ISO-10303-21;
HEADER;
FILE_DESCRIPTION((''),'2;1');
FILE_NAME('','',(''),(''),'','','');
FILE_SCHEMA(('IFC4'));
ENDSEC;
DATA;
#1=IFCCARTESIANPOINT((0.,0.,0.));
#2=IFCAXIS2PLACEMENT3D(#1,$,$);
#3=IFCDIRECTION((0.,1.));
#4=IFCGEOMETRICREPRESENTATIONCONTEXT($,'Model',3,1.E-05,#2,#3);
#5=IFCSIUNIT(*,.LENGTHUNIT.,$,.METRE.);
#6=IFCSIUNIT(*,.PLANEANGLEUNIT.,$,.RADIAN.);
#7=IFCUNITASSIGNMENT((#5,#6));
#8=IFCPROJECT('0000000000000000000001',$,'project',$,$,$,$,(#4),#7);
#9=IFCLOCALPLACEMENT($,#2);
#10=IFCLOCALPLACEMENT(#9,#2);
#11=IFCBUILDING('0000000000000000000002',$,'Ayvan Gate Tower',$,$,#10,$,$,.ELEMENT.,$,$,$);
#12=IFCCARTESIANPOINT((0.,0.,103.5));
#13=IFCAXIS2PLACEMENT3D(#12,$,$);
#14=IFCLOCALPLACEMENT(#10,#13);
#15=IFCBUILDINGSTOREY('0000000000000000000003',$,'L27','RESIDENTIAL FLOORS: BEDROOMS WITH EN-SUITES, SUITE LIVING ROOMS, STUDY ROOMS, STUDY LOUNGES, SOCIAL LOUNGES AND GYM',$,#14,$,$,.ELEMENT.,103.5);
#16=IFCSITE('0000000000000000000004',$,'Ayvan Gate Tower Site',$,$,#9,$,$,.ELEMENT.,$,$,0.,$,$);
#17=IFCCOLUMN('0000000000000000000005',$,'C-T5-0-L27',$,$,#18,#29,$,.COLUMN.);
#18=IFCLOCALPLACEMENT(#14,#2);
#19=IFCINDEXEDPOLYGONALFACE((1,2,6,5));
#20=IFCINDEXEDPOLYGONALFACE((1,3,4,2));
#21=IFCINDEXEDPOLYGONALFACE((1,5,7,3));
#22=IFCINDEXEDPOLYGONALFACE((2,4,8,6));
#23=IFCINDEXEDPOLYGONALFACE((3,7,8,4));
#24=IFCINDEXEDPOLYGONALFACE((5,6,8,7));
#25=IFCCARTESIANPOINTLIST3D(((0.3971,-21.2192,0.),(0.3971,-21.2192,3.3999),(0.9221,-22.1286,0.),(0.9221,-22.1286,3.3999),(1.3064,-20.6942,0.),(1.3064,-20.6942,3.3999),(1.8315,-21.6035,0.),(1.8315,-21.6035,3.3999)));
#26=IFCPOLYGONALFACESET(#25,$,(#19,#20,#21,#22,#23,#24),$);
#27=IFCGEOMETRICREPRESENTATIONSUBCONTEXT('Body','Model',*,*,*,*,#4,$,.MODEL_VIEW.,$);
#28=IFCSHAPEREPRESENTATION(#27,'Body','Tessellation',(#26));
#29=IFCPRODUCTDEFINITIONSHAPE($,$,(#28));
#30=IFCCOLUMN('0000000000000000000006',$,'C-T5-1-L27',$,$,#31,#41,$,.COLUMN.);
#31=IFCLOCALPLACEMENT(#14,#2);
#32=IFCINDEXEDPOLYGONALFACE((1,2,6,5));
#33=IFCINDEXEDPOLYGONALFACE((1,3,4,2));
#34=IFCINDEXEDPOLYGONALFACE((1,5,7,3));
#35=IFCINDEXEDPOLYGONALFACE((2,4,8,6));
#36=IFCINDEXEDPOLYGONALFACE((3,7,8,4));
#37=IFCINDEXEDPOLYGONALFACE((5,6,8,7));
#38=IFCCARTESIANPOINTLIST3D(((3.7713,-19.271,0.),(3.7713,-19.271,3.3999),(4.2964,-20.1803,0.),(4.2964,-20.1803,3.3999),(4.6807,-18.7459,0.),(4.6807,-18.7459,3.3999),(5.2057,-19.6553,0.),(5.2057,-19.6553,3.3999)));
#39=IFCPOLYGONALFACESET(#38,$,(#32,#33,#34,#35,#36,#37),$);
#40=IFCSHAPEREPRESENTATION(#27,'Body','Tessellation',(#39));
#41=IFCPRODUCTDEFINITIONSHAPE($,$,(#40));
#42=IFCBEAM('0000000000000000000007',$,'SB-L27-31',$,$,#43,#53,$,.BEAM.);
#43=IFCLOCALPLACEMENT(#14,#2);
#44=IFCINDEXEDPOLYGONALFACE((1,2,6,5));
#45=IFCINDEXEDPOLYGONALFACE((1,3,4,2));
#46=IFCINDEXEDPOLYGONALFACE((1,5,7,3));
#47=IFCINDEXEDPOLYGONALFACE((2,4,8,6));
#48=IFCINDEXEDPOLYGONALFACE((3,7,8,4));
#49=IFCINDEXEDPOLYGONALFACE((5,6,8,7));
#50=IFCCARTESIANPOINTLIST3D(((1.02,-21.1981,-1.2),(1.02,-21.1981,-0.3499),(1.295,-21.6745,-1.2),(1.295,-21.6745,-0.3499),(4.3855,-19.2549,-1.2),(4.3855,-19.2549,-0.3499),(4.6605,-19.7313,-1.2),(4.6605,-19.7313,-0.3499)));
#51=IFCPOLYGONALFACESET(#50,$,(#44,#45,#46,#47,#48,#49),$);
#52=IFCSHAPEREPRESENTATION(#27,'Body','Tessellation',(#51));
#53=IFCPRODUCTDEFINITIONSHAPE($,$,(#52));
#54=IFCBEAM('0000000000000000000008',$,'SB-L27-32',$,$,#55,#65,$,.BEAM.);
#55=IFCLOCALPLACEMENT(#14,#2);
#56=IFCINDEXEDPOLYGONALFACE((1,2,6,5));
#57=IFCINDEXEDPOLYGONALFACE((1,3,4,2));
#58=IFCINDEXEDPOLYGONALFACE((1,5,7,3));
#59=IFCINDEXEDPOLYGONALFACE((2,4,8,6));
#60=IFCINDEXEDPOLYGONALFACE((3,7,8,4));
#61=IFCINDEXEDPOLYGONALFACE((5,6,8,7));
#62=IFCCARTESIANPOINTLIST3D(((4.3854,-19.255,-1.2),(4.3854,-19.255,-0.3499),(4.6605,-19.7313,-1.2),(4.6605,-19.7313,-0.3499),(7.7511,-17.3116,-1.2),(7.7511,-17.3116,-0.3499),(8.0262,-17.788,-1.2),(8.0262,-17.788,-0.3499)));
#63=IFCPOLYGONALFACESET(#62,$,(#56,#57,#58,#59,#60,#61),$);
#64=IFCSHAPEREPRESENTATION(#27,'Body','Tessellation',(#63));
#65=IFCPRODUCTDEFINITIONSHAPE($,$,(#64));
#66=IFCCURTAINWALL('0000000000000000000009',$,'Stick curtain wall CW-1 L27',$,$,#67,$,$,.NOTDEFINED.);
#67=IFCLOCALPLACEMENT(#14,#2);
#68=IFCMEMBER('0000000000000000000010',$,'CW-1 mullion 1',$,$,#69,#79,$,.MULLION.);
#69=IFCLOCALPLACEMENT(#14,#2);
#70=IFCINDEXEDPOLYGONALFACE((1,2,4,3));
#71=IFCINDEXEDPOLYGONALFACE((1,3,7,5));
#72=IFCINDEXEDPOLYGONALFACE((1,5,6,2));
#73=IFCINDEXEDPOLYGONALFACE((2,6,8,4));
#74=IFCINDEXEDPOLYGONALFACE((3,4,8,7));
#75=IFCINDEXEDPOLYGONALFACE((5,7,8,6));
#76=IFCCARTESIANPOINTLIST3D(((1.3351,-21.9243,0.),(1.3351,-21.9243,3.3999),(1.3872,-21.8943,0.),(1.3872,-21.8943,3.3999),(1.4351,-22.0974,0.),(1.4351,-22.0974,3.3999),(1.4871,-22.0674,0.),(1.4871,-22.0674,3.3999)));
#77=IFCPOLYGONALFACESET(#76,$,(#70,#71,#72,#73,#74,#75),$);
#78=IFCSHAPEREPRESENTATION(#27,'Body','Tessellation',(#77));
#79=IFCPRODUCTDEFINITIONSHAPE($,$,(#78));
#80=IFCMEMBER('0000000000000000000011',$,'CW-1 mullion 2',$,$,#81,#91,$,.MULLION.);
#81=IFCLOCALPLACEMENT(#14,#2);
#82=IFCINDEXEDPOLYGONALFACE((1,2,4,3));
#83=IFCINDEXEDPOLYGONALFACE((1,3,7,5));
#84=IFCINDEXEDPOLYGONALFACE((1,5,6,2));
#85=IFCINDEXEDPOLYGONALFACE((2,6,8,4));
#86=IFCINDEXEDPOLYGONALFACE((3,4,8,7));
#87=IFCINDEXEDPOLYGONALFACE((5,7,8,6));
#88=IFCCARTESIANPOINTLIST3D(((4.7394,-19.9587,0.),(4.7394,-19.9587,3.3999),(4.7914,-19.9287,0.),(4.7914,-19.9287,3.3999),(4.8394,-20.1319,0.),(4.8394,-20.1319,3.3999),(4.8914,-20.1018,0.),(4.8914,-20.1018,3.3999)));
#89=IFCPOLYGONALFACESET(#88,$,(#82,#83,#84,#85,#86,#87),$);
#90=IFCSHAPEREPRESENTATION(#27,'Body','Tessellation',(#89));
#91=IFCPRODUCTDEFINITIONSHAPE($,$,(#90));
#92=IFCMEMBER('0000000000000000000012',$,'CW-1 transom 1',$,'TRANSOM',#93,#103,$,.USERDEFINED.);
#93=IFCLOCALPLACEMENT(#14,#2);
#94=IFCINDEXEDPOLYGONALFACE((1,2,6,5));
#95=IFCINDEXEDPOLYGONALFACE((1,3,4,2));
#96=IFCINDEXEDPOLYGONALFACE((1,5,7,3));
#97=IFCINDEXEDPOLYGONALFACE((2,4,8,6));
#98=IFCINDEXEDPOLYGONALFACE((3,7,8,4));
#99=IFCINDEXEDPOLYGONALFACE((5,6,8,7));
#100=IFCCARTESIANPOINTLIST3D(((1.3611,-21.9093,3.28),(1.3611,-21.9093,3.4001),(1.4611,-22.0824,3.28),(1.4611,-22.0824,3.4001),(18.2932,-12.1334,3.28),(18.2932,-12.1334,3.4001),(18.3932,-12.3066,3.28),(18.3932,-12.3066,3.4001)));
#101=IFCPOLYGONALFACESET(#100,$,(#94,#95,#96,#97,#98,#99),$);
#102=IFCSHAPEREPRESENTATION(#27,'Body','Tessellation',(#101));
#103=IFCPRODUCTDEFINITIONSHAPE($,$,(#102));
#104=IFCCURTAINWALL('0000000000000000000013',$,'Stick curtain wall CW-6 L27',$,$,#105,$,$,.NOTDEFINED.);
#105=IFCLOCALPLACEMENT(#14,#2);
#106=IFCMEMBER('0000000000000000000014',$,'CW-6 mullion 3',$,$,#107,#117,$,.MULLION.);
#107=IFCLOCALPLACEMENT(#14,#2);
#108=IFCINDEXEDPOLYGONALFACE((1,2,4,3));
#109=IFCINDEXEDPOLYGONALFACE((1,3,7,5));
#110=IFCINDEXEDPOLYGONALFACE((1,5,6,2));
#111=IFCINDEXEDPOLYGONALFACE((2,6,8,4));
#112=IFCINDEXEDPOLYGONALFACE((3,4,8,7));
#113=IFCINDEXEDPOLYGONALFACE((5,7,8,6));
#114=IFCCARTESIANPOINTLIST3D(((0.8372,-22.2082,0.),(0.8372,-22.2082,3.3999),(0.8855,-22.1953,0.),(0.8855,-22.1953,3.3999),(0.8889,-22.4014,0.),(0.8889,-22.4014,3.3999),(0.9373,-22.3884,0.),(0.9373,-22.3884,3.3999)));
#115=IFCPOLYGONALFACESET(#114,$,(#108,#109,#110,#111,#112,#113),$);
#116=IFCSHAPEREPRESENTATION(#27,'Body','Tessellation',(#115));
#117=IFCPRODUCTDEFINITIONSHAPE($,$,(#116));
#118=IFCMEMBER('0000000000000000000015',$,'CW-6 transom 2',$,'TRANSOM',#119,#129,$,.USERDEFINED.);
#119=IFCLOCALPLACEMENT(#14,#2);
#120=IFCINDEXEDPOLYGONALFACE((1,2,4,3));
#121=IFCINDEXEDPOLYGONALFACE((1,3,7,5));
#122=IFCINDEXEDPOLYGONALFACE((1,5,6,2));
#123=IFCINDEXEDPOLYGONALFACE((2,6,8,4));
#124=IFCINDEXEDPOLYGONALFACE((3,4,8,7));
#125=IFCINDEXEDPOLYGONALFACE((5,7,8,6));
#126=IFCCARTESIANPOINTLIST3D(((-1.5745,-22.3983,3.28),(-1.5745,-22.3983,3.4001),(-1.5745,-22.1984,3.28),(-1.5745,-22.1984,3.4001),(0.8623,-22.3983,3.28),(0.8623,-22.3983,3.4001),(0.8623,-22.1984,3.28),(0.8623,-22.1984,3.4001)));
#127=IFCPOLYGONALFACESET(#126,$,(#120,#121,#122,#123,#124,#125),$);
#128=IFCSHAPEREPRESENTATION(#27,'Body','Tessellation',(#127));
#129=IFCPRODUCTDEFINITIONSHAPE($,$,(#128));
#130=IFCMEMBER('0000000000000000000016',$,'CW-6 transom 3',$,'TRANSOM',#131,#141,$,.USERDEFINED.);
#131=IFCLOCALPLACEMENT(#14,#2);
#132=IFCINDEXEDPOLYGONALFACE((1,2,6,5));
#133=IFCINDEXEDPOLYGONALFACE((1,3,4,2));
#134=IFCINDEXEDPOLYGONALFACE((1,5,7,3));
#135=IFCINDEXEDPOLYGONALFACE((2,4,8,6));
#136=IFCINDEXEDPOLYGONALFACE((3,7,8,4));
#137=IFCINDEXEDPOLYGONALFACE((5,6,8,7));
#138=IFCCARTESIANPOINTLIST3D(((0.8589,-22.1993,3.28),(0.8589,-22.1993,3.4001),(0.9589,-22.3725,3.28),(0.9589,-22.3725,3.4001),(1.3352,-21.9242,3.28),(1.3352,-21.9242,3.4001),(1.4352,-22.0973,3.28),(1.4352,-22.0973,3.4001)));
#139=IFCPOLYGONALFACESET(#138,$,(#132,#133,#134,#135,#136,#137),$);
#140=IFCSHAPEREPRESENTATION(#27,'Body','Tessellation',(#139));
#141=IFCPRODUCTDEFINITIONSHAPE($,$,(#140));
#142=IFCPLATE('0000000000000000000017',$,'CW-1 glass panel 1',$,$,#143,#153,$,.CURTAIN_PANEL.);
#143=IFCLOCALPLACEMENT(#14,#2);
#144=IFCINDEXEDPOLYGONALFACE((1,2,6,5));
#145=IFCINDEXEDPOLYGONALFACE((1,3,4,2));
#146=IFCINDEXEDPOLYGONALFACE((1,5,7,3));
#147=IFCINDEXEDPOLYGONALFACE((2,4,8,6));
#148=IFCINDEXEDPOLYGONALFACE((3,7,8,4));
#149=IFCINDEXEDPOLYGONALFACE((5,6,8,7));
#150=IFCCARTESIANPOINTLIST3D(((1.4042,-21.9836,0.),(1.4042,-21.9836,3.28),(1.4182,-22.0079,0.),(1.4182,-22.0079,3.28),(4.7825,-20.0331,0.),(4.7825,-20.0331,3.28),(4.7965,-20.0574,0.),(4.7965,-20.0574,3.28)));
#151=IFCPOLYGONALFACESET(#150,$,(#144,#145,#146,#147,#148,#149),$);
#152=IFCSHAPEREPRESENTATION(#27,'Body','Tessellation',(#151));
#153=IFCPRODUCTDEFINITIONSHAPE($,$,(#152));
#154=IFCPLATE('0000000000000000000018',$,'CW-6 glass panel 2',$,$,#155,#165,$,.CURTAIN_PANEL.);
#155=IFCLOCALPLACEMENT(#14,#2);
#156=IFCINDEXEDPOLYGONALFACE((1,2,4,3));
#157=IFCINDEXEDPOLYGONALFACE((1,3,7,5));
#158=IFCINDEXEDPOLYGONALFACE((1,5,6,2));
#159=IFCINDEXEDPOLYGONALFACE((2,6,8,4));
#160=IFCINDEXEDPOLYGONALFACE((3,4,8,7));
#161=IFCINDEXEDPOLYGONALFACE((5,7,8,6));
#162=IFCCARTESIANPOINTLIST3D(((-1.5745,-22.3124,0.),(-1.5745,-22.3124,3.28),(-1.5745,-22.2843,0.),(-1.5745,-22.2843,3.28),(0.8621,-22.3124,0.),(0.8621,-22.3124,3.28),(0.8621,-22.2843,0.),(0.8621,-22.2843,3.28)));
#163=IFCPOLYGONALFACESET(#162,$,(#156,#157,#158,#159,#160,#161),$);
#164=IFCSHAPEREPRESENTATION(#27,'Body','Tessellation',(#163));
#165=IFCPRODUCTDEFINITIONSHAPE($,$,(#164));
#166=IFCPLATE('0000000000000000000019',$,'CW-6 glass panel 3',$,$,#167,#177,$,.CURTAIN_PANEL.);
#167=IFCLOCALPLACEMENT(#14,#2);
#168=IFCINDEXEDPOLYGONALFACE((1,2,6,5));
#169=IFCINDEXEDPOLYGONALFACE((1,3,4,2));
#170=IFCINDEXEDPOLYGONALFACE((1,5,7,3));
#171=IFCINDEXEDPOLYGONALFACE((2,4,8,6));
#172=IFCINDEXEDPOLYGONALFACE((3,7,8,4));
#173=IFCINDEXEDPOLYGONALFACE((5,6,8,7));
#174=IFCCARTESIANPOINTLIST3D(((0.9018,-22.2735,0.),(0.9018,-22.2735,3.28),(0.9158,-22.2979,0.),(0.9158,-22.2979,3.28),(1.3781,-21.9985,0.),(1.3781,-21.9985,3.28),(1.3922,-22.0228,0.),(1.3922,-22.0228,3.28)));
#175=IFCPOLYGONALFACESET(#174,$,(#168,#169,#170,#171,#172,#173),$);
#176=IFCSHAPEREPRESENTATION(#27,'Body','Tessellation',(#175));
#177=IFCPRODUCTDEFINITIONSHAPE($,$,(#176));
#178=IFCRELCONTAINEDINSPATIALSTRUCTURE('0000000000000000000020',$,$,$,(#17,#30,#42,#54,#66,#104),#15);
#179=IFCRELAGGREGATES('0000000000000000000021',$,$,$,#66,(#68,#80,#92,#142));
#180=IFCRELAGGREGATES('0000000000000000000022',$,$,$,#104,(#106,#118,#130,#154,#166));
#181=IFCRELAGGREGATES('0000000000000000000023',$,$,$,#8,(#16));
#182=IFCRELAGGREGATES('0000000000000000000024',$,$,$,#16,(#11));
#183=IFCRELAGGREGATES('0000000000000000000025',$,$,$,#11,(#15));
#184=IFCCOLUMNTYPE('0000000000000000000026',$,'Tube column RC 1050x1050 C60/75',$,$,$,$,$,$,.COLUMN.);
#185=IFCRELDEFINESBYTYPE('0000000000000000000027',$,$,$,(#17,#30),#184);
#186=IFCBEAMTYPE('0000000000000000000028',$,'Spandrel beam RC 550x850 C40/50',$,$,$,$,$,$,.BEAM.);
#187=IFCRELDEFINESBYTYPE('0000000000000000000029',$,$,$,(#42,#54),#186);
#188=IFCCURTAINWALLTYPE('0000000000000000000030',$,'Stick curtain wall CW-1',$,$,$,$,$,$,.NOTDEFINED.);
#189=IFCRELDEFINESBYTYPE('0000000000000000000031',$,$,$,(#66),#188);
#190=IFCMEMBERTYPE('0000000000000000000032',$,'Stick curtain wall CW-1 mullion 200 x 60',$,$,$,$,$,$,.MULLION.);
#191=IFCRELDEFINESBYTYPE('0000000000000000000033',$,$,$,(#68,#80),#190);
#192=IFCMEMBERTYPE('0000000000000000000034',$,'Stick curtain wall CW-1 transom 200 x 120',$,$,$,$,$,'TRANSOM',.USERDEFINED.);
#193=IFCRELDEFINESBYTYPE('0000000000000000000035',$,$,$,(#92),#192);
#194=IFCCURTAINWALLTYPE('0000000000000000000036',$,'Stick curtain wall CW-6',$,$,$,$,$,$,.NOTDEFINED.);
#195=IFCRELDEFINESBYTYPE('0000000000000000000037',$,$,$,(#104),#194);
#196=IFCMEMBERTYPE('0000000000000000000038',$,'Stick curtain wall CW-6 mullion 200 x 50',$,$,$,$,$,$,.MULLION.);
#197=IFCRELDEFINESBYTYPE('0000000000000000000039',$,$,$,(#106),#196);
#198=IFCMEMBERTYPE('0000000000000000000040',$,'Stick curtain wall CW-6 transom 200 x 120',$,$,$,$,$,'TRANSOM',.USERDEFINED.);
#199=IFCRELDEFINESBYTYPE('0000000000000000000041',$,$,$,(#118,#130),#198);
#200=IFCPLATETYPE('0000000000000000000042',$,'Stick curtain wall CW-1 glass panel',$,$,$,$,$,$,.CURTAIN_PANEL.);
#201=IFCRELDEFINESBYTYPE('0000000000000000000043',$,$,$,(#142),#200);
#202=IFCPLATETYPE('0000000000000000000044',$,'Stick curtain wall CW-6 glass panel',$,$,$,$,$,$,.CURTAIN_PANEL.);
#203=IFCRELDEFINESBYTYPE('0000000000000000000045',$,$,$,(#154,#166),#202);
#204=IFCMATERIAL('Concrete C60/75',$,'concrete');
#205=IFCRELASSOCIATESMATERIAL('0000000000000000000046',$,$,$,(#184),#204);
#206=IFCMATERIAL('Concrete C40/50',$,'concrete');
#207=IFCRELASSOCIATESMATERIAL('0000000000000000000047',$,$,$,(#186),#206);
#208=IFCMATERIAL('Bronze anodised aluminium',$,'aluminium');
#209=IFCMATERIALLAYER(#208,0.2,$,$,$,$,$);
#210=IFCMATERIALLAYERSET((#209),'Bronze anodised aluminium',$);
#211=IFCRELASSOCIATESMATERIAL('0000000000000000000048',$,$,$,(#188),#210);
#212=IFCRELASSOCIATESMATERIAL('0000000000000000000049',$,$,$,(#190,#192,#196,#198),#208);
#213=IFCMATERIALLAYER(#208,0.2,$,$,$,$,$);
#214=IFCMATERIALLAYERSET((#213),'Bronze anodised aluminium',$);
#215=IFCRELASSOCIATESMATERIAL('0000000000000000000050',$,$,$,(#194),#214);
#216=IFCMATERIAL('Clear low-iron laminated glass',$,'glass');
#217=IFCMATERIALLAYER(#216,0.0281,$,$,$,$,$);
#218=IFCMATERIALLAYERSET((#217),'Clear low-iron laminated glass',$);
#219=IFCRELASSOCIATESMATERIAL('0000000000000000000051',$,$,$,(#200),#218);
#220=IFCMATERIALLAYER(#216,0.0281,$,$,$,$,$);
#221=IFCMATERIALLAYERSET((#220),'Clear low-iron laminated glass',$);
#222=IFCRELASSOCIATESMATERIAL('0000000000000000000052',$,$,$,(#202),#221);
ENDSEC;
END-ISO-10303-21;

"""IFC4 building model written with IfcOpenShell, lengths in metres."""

from ifc_helpers import new_model, si_unit, direction, frame, origin, origin_2d, place, context, subcontext, project, spatial, rectangle, extrude, material, layer, layer_set, material_profile, profile_set, type_object, element, aggregate, save


model = new_model("IFC4")

# Units and contexts
model_context = context("Model", 3, precision=1e-05, world=origin(), true_north=direction((0.0, 1.0)))
body_context = subcontext(model_context, "Body", "Model", "MODEL_VIEW")
ifc_project = project(units=[si_unit("LENGTHUNIT", "METRE"), si_unit("PLANEANGLEUNIT", "RADIAN")], contexts=[model_context])

# Site, building, storey
site_placement = place(None, origin())
site = spatial("IfcSite", under=ifc_project, at=site_placement, Name="Ayvan Gate Tower Site", CompositionType="ELEMENT", RefElevation=0.0)
building_placement = place(site_placement, origin())
building = spatial("IfcBuilding", under=site, at=building_placement, Name="Ayvan Gate Tower", CompositionType="ELEMENT")
storey_placement = place(building_placement, frame((0.0, 0.0, 103.5)))
storey = spatial("IfcBuildingStorey", under=building, at=storey_placement, Name="L27", Description="RESIDENTIAL FLOORS: BEDROOMS WITH EN-SUITES, SUITE LIVING ROOMS, STUDY ROOMS, STUDY LOUNGES, SOCIAL LOUNGES AND GYM", CompositionType="ELEMENT", Elevation=103.5)

# Columns
ifc_material_1 = material(Name="Concrete C60/75", Category="concrete")
ifc_material_profile_1 = material_profile(ifc_material_1, rectangle(XDim=1.05, YDim=1.05, at=origin_2d()), Name="RC 1050x1050")
ifc_profile_set_1 = profile_set([ifc_material_profile_1], Name="Concrete C60/75")
column_type = type_object("IfcColumnType", Name="Tube column RC 1050x1050 C60/75", PredefinedType="COLUMN", material=ifc_profile_set_1)
for number, where, z_axis, x_axis, name in (
    (1, (1.1143, -21.4114, 0.0), (0.0, 0.0, 1.0), (0.5, -0.866025, 0.0), "C-T5-0-L27"),
    (2, (4.4885, -19.4631, 0.0), (0.0, 0.0, 1.0), (0.5, -0.866025, 0.0), "C-T5-1-L27"),
):
    element("IfcColumn", number, at=place(storey_placement, frame(where, z_axis=z_axis, x_axis=x_axis)), inside=storey, type_object=column_type, Name=name, PredefinedType="COLUMN", context=body_context, shape_type="SweptSolid", body=[
        extrude(rectangle(XDim=1.05, YDim=1.05, at=origin_2d()), origin(), (0.0, 0.0, 1.0), 3.3999),
    ])

# Beams
ifc_material_2 = material(Name="Concrete C40/50", Category="concrete")
ifc_material_profile_2 = material_profile(ifc_material_2, rectangle(XDim=0.55, YDim=0.8501, at=origin_2d()), Name="RC 550x850")
ifc_profile_set_2 = profile_set([ifc_material_profile_2], Name="Concrete C40/50")
beam_type = type_object("IfcBeamType", Name="Spandrel beam RC 550x850 C40/50", PredefinedType="BEAM", material=ifc_profile_set_2)
beam_1_placement = place(storey_placement, frame((1.1575, -21.4363, -0.7749), z_axis=(0.866019, 0.500011, 0.0), x_axis=(-0.500011, 0.866019, 0.0)))
element("IfcBeam", 3, at=beam_1_placement, inside=storey, type_object=beam_type, Name="SB-L27-31", PredefinedType="BEAM", context=body_context, shape_type="SweptSolid", body=[
    extrude(rectangle(XDim=0.55, YDim=0.8501, at=origin_2d()), origin(), (0.0, 0.0, 1.0), 3.8862),
])
beam_2_placement = place(storey_placement, frame((4.5229, -19.4932, -0.7749), z_axis=(0.866008, 0.500031, 0.0), x_axis=(-0.500031, 0.866008, 0.0)))
element("IfcBeam", 4, at=beam_2_placement, inside=storey, type_object=beam_type, Name="SB-L27-32", PredefinedType="BEAM", context=body_context, shape_type="SweptSolid", body=[
    extrude(rectangle(XDim=0.55, YDim=0.8501, at=origin_2d()), origin(), (0.0, 0.0, 1.0), 3.8865),
])

# Curtain walls, members
ifc_material_3 = material(Name="Bronze anodised aluminium", Category="aluminium")
ifc_layer_1 = layer(ifc_material_3, 0.2)
ifc_layer_set_1 = layer_set([ifc_layer_1], Name="Bronze anodised aluminium")
curtain_wall_type_1 = type_object("IfcCurtainWallType", Name="Stick curtain wall CW-1", PredefinedType="NOTDEFINED", material=ifc_layer_set_1)
curtain_wall_1_placement = place(storey_placement, origin())
curtain_wall_1 = element("IfcCurtainWall", 5, at=curtain_wall_1_placement, inside=storey, type_object=curtain_wall_type_1, Name="Stick curtain wall CW-1 L27", PredefinedType="NOTDEFINED")
ifc_material_profile_3 = material_profile(ifc_material_3, rectangle(XDim=0.2, YDim=0.0601, at=origin_2d()), Name="Stick curtain wall CW-1 mullion 200 x 60")
ifc_profile_set_3 = profile_set([ifc_material_profile_3], Name="Bronze anodised aluminium")
member_type_1 = type_object("IfcMemberType", Name="Stick curtain wall CW-1 mullion 200 x 60", PredefinedType="MULLION", material=ifc_profile_set_3)
member_1_placement = place(storey_placement, frame((1.4111, -21.9958, 0.0), z_axis=(0.0, 0.0, 1.0), x_axis=(0.5, -0.866025, 0.0)))
member_1 = element("IfcMember", 6, at=member_1_placement, type_object=member_type_1, Name="CW-1 mullion 1", PredefinedType="MULLION", context=body_context, shape_type="SweptSolid", body=[
    extrude(rectangle(XDim=0.2, YDim=0.0601, at=origin_2d()), origin(), (0.0, 0.0, 1.0), 3.3999),
])
member_2_placement = place(storey_placement, frame((4.8154, -20.0303, 0.0), z_axis=(0.0, 0.0, 1.0), x_axis=(0.5, -0.866025, 0.0)))
member_2 = element("IfcMember", 7, at=member_2_placement, type_object=member_type_1, Name="CW-1 mullion 2", PredefinedType="MULLION", context=body_context, shape_type="SweptSolid", body=[
    extrude(rectangle(XDim=0.2, YDim=0.0601, at=origin_2d()), origin(), (0.0, 0.0, 1.0), 3.3999),
])
ifc_material_profile_4 = material_profile(ifc_material_3, rectangle(XDim=0.2, YDim=0.1201, at=origin_2d()), Name="Stick curtain wall CW-1 transom 200 x 120")
ifc_profile_set_4 = profile_set([ifc_material_profile_4], Name="Bronze anodised aluminium")
member_type_2 = type_object("IfcMemberType", Name="Stick curtain wall CW-1 transom 200 x 120", ElementType="TRANSOM", PredefinedType="USERDEFINED", material=ifc_profile_set_4)
member_3_placement = place(storey_placement, frame((1.4111, -21.9958, 3.3401), z_axis=(0.866023, 0.500004, 0.0), x_axis=(-0.500004, 0.866023, 0.0)))
member_3 = element("IfcMember", 8, at=member_3_placement, type_object=member_type_2, Name="CW-1 transom 1", ObjectType="TRANSOM", PredefinedType="USERDEFINED", context=body_context, shape_type="SweptSolid", body=[
    extrude(rectangle(XDim=0.2, YDim=0.1201, at=origin_2d()), origin(), (0.0, 0.0, 1.0), 19.5515),
])
ifc_layer_2 = layer(ifc_material_3, 0.2)
ifc_layer_set_2 = layer_set([ifc_layer_2], Name="Bronze anodised aluminium")
curtain_wall_type_2 = type_object("IfcCurtainWallType", Name="Stick curtain wall CW-6", PredefinedType="NOTDEFINED", material=ifc_layer_set_2)
curtain_wall_2_placement = place(storey_placement, origin())
curtain_wall_2 = element("IfcCurtainWall", 9, at=curtain_wall_2_placement, inside=storey, type_object=curtain_wall_type_2, Name="Stick curtain wall CW-6 L27", PredefinedType="NOTDEFINED")
ifc_material_profile_5 = material_profile(ifc_material_3, rectangle(XDim=0.2, YDim=0.05, at=origin_2d()), Name="Stick curtain wall CW-6 mullion 200 x 50")
ifc_profile_set_5 = profile_set([ifc_material_profile_5], Name="Bronze anodised aluminium")
member_type_3 = type_object("IfcMemberType", Name="Stick curtain wall CW-6 mullion 200 x 50", PredefinedType="MULLION", material=ifc_profile_set_5)
member_4_placement = place(storey_placement, frame((0.8872, -22.2983, 0.0), z_axis=(0.0, 0.0, 1.0), x_axis=(0.258819, -0.965926, 0.0)))
member_4 = element("IfcMember", 10, at=member_4_placement, type_object=member_type_3, Name="CW-6 mullion 3", PredefinedType="MULLION", context=body_context, shape_type="SweptSolid", body=[
    extrude(rectangle(XDim=0.2, YDim=0.05, at=origin_2d()), origin(), (0.0, 0.0, 1.0), 3.3999),
])
ifc_material_profile_6 = material_profile(ifc_material_3, rectangle(XDim=0.2, YDim=0.1201, at=origin_2d()), Name="Stick curtain wall CW-6 transom 200 x 120")
ifc_profile_set_6 = profile_set([ifc_material_profile_6], Name="Bronze anodised aluminium")
member_type_4 = type_object("IfcMemberType", Name="Stick curtain wall CW-6 transom 200 x 120", ElementType="TRANSOM", PredefinedType="USERDEFINED", material=ifc_profile_set_6)
member_5_placement = place(storey_placement, frame((-1.5745, -22.2983, 3.3401), z_axis=(1.0, 0.0, 0.0), x_axis=(0.0, 1.0, 0.0)))
member_5 = element("IfcMember", 11, at=member_5_placement, type_object=member_type_4, Name="CW-6 transom 2", ObjectType="TRANSOM", PredefinedType="USERDEFINED", context=body_context, shape_type="SweptSolid", body=[
    extrude(rectangle(XDim=0.2, YDim=0.1201, at=origin_2d()), origin(), (0.0, 0.0, 1.0), 2.4368),
])
member_6_placement = place(storey_placement, frame((0.9089, -22.2859, 3.3401), z_axis=(0.865912, 0.500196, 0.0), x_axis=(-0.500196, 0.865912, 0.0)))
member_6 = element("IfcMember", 12, at=member_6_placement, type_object=member_type_4, Name="CW-6 transom 3", ObjectType="TRANSOM", PredefinedType="USERDEFINED", context=body_context, shape_type="SweptSolid", body=[
    extrude(rectangle(XDim=0.2, YDim=0.1201, at=origin_2d()), origin(), (0.0, 0.0, 1.0), 0.55),
])

# Plates
ifc_material_4 = material(Name="Clear low-iron laminated glass", Category="glass")
ifc_layer_3 = layer(ifc_material_4, 0.0281)
ifc_layer_set_3 = layer_set([ifc_layer_3], Name="Clear low-iron laminated glass")
plate_type_1 = type_object("IfcPlateType", Name="Stick curtain wall CW-1 glass panel", PredefinedType="CURTAIN_PANEL", material=ifc_layer_set_3)
plate_1_placement = place(storey_placement, frame((3.1003, -21.0205, 0.0), z_axis=(0.0, 0.0, 1.0), x_axis=(0.866025, 0.5, 0.0)))
plate_1 = element("IfcPlate", 13, at=plate_1_placement, type_object=plate_type_1, Name="CW-1 glass panel 1", PredefinedType="CURTAIN_PANEL", context=body_context, shape_type="SweptSolid", body=[
    extrude(rectangle(XDim=3.9009, YDim=0.0281, at=origin_2d()), origin(), (0.0, 0.0, 1.0), 3.28),
])
aggregate(curtain_wall_1, [member_1, member_2, member_3, plate_1])
ifc_layer_4 = layer(ifc_material_4, 0.0281)
ifc_layer_set_4 = layer_set([ifc_layer_4], Name="Clear low-iron laminated glass")
plate_type_2 = type_object("IfcPlateType", Name="Stick curtain wall CW-6 glass panel", PredefinedType="CURTAIN_PANEL", material=ifc_layer_set_4)
plate_2_placement = place(storey_placement, frame((-0.3562, -22.2983, 0.0), z_axis=(0.0, 0.0, 1.0), x_axis=(1.0, 0.0, 0.0)))
plate_2 = element("IfcPlate", 14, at=plate_2_placement, type_object=plate_type_2, Name="CW-6 glass panel 2", PredefinedType="CURTAIN_PANEL", context=body_context, shape_type="SweptSolid", body=[
    extrude(rectangle(XDim=2.4365, YDim=0.0281, at=origin_2d()), origin(), (0.0, 0.0, 1.0), 3.28),
])
plate_3_placement = place(storey_placement, frame((1.147, -22.1482, 0.0), z_axis=(0.0, 0.0, 1.0), x_axis=(0.866025, 0.5, 0.0)))
plate_3 = element("IfcPlate", 15, at=plate_3_placement, type_object=plate_type_2, Name="CW-6 glass panel 3", PredefinedType="CURTAIN_PANEL", context=body_context, shape_type="SweptSolid", body=[
    extrude(rectangle(XDim=0.55, YDim=0.0281, at=origin_2d()), origin(), (0.0, 0.0, 1.0), 3.28),
])
aggregate(curtain_wall_2, [member_4, member_5, member_6, plate_2, plate_3])

save(model, "model.ifc")
